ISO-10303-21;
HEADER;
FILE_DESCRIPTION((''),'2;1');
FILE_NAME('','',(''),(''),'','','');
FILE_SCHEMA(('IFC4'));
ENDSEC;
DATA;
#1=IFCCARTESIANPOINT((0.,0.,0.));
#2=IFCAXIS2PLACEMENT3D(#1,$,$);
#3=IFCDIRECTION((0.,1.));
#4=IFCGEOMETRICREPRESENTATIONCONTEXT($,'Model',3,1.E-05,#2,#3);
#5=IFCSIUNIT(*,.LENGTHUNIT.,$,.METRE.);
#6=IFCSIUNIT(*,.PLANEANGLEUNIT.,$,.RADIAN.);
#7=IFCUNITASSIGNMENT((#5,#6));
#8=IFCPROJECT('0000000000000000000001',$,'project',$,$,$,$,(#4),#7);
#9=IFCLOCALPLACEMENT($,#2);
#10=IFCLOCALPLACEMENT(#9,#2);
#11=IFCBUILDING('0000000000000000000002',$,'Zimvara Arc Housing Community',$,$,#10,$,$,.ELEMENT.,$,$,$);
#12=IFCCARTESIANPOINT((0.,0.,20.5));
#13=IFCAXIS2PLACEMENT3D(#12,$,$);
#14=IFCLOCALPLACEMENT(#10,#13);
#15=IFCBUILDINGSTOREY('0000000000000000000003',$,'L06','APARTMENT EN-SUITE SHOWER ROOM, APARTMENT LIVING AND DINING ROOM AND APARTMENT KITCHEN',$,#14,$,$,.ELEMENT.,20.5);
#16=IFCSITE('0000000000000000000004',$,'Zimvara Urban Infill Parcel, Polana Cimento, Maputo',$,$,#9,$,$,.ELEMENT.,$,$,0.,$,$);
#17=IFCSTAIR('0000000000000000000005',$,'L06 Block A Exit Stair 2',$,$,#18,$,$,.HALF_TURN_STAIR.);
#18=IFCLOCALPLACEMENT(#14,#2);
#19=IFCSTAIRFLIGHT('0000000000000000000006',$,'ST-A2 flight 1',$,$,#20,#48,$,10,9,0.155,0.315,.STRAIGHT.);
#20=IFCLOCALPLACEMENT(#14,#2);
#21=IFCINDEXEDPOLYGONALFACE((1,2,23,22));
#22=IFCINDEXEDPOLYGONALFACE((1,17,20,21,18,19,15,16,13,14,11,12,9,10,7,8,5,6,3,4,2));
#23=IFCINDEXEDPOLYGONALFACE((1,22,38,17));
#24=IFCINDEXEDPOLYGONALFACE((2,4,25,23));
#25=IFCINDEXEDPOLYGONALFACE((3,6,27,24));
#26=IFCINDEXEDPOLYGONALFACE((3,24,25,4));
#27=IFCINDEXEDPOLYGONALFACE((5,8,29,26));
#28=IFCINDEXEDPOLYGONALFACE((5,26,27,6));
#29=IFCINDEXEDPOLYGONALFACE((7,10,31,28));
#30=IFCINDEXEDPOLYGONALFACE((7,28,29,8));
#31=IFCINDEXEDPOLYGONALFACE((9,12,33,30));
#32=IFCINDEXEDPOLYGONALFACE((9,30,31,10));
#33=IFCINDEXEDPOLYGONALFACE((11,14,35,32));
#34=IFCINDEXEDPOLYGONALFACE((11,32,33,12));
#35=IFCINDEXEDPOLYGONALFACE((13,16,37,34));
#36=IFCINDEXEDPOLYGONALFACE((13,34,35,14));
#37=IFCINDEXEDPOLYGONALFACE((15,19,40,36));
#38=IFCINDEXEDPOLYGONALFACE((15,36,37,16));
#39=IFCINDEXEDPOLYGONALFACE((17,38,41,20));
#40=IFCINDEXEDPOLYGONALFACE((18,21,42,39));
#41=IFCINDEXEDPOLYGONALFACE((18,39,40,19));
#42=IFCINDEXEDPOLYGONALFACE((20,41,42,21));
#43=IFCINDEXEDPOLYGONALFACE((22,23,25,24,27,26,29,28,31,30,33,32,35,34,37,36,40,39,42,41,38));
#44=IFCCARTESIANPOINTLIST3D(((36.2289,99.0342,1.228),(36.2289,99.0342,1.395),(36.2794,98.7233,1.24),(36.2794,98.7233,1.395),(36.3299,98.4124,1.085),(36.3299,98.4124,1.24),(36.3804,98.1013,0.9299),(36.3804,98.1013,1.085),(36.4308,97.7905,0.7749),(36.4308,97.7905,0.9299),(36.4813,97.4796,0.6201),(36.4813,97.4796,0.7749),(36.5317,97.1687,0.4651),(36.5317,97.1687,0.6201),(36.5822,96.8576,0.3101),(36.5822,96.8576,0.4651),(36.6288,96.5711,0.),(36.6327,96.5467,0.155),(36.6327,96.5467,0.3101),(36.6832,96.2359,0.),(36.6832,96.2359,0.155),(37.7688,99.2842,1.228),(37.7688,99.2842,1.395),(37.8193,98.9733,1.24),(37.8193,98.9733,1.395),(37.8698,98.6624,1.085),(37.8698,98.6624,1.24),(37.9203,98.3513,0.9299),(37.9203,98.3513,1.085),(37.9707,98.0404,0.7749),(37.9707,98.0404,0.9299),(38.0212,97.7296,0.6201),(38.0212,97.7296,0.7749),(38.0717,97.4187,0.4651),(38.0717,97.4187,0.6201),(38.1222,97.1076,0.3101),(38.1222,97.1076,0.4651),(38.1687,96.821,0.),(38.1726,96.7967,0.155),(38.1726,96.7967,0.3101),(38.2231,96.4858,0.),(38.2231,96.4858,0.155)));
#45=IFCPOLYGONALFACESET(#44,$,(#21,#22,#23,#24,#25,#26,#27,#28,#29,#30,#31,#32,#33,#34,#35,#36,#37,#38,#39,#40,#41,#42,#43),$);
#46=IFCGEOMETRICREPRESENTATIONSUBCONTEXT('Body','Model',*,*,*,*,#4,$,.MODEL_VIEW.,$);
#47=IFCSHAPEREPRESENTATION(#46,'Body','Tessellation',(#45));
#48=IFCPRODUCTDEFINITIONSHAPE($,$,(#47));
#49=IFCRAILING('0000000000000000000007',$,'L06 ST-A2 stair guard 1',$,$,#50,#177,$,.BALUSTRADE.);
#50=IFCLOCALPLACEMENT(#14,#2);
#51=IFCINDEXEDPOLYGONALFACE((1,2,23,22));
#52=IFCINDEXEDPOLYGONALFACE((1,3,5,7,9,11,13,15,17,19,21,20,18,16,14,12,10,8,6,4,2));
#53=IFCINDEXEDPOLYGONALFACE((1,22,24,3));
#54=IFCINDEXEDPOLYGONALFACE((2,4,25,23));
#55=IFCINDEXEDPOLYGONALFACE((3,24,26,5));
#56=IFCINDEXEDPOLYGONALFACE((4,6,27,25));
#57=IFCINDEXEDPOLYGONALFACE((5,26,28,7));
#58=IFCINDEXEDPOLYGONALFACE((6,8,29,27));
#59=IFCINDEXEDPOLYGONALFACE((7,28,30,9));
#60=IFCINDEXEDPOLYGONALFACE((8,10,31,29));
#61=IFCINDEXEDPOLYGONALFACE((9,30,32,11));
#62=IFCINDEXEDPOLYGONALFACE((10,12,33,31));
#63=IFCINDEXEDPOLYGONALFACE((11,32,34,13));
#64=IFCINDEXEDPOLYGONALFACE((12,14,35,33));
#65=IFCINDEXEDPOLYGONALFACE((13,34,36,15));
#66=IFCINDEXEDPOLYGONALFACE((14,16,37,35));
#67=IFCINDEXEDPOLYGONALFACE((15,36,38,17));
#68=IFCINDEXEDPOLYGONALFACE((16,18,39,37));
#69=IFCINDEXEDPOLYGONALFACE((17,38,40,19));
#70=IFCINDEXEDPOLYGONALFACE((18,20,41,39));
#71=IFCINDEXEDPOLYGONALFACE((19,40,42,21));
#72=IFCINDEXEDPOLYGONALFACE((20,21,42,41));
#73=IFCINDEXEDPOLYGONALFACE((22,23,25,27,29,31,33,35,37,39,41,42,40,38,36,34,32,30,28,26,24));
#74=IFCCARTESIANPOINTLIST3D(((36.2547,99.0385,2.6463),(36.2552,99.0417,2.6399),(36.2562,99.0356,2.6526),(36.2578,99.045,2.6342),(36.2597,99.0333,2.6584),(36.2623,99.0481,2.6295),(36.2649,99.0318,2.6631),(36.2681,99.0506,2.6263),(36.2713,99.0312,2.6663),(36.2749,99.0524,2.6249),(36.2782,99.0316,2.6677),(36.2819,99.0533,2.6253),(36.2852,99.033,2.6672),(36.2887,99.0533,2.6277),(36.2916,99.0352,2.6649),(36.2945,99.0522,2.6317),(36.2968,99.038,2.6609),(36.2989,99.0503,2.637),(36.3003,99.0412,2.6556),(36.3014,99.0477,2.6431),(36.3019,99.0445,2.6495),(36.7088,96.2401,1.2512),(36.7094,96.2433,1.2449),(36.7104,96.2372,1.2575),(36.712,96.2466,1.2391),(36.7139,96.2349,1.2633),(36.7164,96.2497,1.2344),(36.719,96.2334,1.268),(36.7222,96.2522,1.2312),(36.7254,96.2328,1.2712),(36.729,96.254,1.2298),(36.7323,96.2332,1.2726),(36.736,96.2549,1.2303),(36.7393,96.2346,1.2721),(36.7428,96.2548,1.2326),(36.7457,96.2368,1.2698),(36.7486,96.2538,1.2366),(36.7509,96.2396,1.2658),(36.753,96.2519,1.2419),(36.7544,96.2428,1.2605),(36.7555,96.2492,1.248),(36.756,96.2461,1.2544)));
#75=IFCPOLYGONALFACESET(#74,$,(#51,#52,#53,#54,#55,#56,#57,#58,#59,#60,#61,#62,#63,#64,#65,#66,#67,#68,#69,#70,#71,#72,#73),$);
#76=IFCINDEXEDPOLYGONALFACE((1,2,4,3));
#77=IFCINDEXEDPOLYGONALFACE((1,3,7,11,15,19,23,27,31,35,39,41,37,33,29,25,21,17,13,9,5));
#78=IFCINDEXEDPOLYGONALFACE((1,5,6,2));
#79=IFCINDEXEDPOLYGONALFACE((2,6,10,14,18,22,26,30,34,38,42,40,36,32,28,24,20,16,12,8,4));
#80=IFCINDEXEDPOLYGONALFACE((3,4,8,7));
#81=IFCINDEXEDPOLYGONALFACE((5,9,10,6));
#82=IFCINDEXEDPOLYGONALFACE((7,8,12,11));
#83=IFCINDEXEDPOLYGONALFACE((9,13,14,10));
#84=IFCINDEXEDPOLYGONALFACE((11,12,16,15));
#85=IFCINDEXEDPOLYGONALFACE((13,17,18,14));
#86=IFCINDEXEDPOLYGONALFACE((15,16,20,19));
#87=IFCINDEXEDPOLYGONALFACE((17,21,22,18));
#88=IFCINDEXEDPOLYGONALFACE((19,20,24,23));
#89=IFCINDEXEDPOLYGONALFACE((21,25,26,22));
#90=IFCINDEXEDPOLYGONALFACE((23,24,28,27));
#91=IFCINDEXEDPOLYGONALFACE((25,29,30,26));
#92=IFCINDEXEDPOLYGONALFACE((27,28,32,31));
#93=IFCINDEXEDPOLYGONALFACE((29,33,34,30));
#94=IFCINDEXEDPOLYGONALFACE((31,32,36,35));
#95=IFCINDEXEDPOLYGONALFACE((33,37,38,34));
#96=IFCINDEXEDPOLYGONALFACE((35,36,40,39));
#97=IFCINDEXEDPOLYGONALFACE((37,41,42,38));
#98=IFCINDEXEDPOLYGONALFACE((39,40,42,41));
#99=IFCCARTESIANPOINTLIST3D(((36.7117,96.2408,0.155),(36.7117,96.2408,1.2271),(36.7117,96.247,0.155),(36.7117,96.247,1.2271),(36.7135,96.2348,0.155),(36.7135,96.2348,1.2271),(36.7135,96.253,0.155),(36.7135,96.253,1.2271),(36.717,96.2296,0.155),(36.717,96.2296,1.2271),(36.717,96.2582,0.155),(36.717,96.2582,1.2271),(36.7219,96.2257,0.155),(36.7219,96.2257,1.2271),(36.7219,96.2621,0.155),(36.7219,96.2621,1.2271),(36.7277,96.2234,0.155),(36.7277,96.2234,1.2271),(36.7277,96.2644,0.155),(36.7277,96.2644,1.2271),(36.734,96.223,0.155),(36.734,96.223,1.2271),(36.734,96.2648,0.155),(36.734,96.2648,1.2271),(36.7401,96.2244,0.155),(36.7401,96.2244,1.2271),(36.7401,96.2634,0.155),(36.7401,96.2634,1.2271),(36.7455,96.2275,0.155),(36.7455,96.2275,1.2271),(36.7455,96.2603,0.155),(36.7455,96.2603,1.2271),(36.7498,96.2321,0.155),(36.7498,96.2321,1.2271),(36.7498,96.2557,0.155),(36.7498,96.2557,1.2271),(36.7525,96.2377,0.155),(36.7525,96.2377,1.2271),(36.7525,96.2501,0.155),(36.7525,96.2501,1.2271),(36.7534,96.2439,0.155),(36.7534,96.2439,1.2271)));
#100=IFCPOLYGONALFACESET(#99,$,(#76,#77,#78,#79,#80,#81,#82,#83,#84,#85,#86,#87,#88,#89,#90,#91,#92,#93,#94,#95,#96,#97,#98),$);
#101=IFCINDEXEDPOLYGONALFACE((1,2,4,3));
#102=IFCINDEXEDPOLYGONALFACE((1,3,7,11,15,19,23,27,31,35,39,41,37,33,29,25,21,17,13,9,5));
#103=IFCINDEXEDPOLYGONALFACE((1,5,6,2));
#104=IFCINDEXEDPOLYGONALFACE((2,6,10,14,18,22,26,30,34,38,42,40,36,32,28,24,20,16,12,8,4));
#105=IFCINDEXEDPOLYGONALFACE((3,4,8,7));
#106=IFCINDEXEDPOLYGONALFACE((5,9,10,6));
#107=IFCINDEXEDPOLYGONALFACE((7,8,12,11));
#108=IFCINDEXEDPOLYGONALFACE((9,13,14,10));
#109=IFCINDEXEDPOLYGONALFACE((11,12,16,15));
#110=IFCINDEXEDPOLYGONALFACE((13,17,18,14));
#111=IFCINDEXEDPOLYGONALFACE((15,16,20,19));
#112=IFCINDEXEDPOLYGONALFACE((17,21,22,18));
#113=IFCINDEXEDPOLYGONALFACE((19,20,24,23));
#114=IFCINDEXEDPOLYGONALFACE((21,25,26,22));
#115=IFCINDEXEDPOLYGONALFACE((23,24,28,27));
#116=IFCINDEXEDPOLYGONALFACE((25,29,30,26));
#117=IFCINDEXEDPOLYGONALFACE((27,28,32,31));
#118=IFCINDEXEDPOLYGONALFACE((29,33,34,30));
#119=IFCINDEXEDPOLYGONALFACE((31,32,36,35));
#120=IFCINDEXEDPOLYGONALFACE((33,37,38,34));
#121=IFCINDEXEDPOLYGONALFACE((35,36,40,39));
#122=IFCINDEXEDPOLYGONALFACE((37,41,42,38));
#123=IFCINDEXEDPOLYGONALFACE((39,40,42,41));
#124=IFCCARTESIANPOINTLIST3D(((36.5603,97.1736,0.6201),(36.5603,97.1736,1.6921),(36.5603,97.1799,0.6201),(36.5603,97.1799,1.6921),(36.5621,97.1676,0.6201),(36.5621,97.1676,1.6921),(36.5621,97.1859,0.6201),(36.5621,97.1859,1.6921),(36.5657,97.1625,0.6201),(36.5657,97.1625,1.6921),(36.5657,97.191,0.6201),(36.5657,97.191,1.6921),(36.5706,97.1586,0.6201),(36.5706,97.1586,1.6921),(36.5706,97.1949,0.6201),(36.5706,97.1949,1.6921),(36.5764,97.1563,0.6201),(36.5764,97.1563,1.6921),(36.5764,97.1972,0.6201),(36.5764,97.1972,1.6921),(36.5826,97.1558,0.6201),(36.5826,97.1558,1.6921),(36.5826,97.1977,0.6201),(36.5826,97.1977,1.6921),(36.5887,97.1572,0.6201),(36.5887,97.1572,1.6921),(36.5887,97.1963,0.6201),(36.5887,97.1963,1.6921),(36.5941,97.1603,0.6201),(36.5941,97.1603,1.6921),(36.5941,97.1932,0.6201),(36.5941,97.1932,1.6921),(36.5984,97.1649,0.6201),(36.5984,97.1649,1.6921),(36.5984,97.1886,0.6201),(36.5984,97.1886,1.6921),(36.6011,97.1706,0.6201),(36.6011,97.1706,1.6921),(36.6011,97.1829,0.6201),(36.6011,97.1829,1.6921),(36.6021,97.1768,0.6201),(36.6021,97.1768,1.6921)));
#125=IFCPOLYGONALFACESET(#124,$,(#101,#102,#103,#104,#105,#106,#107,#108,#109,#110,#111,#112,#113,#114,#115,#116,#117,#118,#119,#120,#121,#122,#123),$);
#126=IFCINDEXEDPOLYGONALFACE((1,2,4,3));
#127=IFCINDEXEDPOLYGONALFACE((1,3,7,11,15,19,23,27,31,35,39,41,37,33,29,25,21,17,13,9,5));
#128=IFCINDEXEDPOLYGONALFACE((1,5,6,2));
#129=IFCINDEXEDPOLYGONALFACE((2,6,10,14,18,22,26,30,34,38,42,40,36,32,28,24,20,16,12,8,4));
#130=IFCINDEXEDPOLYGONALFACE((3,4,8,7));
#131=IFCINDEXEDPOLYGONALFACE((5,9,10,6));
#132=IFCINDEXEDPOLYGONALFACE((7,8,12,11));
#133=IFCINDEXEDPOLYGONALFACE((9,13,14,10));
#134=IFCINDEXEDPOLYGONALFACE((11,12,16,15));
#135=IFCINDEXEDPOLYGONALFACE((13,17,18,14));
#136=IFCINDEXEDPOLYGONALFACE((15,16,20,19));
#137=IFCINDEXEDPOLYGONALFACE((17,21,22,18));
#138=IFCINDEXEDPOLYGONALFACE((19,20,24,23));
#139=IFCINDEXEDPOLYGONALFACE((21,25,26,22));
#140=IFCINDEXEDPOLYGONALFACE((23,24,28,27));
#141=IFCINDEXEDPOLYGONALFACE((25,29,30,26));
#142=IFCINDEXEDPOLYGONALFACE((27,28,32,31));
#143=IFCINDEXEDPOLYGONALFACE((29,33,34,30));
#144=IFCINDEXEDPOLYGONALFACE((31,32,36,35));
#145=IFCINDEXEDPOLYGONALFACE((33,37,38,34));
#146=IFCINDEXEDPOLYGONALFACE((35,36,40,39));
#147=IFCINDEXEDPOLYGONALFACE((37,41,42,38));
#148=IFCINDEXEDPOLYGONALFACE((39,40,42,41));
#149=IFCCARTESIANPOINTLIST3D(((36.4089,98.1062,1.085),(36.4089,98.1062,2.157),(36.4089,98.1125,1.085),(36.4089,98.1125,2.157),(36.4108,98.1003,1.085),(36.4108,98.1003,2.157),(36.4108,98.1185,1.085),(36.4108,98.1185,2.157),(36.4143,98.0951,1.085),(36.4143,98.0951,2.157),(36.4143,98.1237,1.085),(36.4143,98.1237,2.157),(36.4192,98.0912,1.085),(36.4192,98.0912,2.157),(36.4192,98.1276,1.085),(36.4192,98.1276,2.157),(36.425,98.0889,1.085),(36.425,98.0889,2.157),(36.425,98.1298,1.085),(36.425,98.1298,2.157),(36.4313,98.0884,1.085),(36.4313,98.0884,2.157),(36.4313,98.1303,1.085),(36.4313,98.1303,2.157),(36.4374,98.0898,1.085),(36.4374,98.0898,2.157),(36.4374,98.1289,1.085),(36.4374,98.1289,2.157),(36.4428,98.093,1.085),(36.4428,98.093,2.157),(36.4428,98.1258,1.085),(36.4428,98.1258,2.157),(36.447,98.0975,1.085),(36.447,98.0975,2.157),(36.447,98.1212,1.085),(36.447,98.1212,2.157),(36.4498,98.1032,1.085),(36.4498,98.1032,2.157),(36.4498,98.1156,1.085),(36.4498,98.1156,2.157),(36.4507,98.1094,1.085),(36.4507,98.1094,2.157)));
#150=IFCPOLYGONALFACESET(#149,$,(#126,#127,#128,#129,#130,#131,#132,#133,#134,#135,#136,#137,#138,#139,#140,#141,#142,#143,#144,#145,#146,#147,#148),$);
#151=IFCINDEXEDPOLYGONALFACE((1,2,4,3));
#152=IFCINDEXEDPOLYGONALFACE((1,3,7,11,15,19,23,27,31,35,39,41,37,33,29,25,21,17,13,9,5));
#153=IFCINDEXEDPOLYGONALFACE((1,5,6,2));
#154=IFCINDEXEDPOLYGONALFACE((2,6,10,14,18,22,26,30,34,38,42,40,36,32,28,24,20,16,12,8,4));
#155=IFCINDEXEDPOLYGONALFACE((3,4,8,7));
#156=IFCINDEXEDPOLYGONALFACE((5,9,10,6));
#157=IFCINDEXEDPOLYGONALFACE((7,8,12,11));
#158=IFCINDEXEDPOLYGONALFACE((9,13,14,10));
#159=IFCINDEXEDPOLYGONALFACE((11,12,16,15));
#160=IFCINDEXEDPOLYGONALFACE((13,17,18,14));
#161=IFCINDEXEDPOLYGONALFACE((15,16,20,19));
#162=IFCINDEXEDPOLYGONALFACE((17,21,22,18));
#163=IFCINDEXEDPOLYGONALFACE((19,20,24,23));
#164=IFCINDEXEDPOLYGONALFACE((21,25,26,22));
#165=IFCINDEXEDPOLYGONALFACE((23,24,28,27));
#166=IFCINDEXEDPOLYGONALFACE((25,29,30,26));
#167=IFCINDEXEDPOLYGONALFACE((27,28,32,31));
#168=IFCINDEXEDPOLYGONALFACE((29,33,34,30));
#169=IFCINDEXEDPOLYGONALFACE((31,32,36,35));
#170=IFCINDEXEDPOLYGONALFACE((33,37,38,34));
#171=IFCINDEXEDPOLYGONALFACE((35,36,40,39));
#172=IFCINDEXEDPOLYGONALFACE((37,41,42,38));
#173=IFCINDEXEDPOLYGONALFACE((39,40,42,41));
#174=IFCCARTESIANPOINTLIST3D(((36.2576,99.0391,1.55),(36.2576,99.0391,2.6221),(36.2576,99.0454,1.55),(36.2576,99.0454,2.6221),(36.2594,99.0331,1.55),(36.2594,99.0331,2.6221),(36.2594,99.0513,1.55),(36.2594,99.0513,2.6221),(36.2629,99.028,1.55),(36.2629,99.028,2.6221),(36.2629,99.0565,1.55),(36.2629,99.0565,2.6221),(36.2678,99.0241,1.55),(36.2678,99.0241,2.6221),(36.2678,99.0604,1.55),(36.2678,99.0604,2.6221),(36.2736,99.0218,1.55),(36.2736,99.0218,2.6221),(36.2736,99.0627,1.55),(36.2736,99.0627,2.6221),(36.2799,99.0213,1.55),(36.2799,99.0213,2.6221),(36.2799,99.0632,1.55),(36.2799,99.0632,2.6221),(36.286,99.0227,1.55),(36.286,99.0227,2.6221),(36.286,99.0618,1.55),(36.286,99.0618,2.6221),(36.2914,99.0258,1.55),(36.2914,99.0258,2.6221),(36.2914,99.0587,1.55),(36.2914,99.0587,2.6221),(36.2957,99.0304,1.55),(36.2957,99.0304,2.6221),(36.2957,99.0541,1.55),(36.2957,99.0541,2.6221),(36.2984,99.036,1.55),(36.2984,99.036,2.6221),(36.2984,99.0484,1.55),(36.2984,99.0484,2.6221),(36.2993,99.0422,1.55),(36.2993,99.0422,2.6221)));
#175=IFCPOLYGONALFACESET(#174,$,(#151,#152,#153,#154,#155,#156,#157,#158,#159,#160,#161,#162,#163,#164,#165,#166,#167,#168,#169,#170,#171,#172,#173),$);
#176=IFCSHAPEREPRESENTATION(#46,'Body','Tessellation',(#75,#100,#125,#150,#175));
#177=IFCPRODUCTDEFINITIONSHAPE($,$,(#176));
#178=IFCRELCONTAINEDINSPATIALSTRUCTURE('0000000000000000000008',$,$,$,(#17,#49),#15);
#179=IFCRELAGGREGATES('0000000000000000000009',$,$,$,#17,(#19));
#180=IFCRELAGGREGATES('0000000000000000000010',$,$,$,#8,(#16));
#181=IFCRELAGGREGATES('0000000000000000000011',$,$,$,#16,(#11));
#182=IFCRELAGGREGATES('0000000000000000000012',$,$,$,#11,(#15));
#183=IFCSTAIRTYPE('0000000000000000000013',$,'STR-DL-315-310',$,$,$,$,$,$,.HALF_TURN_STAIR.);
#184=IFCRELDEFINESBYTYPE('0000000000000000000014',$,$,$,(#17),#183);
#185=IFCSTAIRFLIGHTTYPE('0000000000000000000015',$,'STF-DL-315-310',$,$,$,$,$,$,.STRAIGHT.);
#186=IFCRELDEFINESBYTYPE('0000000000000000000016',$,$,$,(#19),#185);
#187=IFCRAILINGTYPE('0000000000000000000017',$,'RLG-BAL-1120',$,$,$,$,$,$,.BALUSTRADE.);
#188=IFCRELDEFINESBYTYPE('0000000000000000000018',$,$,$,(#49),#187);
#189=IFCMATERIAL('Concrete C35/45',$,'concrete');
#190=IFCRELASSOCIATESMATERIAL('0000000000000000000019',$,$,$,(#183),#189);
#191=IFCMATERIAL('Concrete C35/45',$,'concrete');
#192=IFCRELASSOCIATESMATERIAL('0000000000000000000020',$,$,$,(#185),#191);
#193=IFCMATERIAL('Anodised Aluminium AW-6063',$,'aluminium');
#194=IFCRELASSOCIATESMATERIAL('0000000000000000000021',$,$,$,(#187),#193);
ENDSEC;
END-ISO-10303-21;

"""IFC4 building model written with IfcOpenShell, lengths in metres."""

from ifc_helpers import new_model, si_unit, direction, frame, origin, origin_2d, place, context, subcontext, project, spatial, polyline, circle, outline, extrude, material, type_object, element, aggregate, save


model = new_model("IFC4")

# Units and contexts
model_context = context("Model", 3, precision=1e-05, world=origin(), true_north=direction((0.0, 1.0)))
body_context = subcontext(model_context, "Body", "Model", "MODEL_VIEW")
ifc_project = project(units=[si_unit("LENGTHUNIT", "METRE"), si_unit("PLANEANGLEUNIT", "RADIAN")], contexts=[model_context])

# Site, building, storey
site_placement = place(None, origin())
site = spatial("IfcSite", under=ifc_project, at=site_placement, Name="Zimvara Urban Infill Parcel, Polana Cimento, Maputo", CompositionType="ELEMENT", RefElevation=0.0)
building_placement = place(site_placement, origin())
building = spatial("IfcBuilding", under=site, at=building_placement, Name="Zimvara Arc Housing Community", CompositionType="ELEMENT")
storey_placement = place(building_placement, frame((0.0, 0.0, 20.5)))
storey = spatial("IfcBuildingStorey", under=building, at=storey_placement, Name="L06", Description="APARTMENT EN-SUITE SHOWER ROOM, APARTMENT LIVING AND DINING ROOM AND APARTMENT KITCHEN", CompositionType="ELEMENT", Elevation=20.5)

# Stair, stair flight
ifc_material_1 = material(Name="Concrete C35/45", Category="concrete")
stair_type = type_object("IfcStairType", Name="STR-DL-315-310", PredefinedType="HALF_TURN_STAIR", material=ifc_material_1)
stair_placement = place(storey_placement, origin())
stair = element("IfcStair", 1, at=stair_placement, inside=storey, type_object=stair_type, Name="L06 Block A Exit Stair 2", PredefinedType="HALF_TURN_STAIR")
ifc_material_2 = material(Name="Concrete C35/45", Category="concrete")
stair_flight_type = type_object("IfcStairFlightType", Name="STF-DL-315-310", PredefinedType="STRAIGHT", material=ifc_material_2)
stair_flight_placement = place(storey_placement, frame((37.4531, 96.3608, 0.0), z_axis=(0.0, 0.0, 1.0), x_axis=(-0.160226, 0.98708, 0.0)))
stair_flight = element("IfcStairFlight", 2, at=stair_flight_placement, type_object=stair_flight_type, Name="ST-A2 flight 1", NumberOfRisers=10, NumberOfTreads=9, PredefinedType="STRAIGHT", RiserHeight=0.155, TreadLength=0.315, context=body_context, shape_type="SweptSolid", body=[
    extrude(outline(polyline([(0.0, 0.0), (0.0, 0.155), (0.3149, 0.155), (0.3149, 0.3101), (0.6299, 0.3101), (0.6299, 0.4651), (0.9451, 0.4651), (0.9451, 0.6201), (1.26, 0.6201), (1.26, 0.7749), (1.575, 0.7749), (1.575, 0.9299), (1.8899, 0.9299), (1.8899, 1.085), (2.2051, 1.085), (2.2051, 1.24), (2.52, 1.24), (2.52, 1.395), (2.835, 1.395), (2.835, 1.55), (2.835, 1.228), (0.3396, 0.0), (0.0, 0.0)])), frame((0.0, 0.78, 0.0), z_axis=(0.0, -1.0, 0.0), x_axis=(1.0, 0.0, 0.0)), (0.0, 0.0, 1.0), 1.5601),
])
aggregate(stair, [stair_flight])

# Railing
ifc_material_3 = material(Name="Anodised Aluminium AW-6063", Category="aluminium")
railing_type_1 = type_object("IfcRailingType", Name="RLG-BAL-1120", PredefinedType="BALUSTRADE", material=ifc_material_3)
railing_1_placement = place(storey_placement, frame((36.7324, 96.2439, 0.155)))
element("IfcRailing", 3, at=railing_1_placement, inside=storey, type_object=railing_type_1, Name="L06 ST-A2 stair guard 1", PredefinedType="BALUSTRADE", context=body_context, shape_type="SweptSolid", body=[
    extrude(circle(Radius=0.0239, at=origin_2d()), frame((0.0, 0.0, 1.0962), z_axis=(-0.143722, 0.885666, 0.44152), x_axis=(-0.987088, -0.16018, 0.0)), (0.0, 0.0, 1.0), 3.1597),
    extrude(circle(Radius=0.021, at=origin_2d()), origin(), (0.0, 0.0, 1.0), 1.072),
    extrude(circle(Radius=0.021, at=origin_2d()), frame((-0.1514, 0.9329, 0.4651)), (0.0, 0.0, 1.0), 1.072),
    extrude(circle(Radius=0.021, at=origin_2d()), frame((-0.3027, 1.8655, 0.9299)), (0.0, 0.0, 1.0), 1.072),
    extrude(circle(Radius=0.021, at=origin_2d()), frame((-0.4541, 2.7983, 1.395)), (0.0, 0.0, 1.0), 1.072),
])

save(model, "model.ifc")
